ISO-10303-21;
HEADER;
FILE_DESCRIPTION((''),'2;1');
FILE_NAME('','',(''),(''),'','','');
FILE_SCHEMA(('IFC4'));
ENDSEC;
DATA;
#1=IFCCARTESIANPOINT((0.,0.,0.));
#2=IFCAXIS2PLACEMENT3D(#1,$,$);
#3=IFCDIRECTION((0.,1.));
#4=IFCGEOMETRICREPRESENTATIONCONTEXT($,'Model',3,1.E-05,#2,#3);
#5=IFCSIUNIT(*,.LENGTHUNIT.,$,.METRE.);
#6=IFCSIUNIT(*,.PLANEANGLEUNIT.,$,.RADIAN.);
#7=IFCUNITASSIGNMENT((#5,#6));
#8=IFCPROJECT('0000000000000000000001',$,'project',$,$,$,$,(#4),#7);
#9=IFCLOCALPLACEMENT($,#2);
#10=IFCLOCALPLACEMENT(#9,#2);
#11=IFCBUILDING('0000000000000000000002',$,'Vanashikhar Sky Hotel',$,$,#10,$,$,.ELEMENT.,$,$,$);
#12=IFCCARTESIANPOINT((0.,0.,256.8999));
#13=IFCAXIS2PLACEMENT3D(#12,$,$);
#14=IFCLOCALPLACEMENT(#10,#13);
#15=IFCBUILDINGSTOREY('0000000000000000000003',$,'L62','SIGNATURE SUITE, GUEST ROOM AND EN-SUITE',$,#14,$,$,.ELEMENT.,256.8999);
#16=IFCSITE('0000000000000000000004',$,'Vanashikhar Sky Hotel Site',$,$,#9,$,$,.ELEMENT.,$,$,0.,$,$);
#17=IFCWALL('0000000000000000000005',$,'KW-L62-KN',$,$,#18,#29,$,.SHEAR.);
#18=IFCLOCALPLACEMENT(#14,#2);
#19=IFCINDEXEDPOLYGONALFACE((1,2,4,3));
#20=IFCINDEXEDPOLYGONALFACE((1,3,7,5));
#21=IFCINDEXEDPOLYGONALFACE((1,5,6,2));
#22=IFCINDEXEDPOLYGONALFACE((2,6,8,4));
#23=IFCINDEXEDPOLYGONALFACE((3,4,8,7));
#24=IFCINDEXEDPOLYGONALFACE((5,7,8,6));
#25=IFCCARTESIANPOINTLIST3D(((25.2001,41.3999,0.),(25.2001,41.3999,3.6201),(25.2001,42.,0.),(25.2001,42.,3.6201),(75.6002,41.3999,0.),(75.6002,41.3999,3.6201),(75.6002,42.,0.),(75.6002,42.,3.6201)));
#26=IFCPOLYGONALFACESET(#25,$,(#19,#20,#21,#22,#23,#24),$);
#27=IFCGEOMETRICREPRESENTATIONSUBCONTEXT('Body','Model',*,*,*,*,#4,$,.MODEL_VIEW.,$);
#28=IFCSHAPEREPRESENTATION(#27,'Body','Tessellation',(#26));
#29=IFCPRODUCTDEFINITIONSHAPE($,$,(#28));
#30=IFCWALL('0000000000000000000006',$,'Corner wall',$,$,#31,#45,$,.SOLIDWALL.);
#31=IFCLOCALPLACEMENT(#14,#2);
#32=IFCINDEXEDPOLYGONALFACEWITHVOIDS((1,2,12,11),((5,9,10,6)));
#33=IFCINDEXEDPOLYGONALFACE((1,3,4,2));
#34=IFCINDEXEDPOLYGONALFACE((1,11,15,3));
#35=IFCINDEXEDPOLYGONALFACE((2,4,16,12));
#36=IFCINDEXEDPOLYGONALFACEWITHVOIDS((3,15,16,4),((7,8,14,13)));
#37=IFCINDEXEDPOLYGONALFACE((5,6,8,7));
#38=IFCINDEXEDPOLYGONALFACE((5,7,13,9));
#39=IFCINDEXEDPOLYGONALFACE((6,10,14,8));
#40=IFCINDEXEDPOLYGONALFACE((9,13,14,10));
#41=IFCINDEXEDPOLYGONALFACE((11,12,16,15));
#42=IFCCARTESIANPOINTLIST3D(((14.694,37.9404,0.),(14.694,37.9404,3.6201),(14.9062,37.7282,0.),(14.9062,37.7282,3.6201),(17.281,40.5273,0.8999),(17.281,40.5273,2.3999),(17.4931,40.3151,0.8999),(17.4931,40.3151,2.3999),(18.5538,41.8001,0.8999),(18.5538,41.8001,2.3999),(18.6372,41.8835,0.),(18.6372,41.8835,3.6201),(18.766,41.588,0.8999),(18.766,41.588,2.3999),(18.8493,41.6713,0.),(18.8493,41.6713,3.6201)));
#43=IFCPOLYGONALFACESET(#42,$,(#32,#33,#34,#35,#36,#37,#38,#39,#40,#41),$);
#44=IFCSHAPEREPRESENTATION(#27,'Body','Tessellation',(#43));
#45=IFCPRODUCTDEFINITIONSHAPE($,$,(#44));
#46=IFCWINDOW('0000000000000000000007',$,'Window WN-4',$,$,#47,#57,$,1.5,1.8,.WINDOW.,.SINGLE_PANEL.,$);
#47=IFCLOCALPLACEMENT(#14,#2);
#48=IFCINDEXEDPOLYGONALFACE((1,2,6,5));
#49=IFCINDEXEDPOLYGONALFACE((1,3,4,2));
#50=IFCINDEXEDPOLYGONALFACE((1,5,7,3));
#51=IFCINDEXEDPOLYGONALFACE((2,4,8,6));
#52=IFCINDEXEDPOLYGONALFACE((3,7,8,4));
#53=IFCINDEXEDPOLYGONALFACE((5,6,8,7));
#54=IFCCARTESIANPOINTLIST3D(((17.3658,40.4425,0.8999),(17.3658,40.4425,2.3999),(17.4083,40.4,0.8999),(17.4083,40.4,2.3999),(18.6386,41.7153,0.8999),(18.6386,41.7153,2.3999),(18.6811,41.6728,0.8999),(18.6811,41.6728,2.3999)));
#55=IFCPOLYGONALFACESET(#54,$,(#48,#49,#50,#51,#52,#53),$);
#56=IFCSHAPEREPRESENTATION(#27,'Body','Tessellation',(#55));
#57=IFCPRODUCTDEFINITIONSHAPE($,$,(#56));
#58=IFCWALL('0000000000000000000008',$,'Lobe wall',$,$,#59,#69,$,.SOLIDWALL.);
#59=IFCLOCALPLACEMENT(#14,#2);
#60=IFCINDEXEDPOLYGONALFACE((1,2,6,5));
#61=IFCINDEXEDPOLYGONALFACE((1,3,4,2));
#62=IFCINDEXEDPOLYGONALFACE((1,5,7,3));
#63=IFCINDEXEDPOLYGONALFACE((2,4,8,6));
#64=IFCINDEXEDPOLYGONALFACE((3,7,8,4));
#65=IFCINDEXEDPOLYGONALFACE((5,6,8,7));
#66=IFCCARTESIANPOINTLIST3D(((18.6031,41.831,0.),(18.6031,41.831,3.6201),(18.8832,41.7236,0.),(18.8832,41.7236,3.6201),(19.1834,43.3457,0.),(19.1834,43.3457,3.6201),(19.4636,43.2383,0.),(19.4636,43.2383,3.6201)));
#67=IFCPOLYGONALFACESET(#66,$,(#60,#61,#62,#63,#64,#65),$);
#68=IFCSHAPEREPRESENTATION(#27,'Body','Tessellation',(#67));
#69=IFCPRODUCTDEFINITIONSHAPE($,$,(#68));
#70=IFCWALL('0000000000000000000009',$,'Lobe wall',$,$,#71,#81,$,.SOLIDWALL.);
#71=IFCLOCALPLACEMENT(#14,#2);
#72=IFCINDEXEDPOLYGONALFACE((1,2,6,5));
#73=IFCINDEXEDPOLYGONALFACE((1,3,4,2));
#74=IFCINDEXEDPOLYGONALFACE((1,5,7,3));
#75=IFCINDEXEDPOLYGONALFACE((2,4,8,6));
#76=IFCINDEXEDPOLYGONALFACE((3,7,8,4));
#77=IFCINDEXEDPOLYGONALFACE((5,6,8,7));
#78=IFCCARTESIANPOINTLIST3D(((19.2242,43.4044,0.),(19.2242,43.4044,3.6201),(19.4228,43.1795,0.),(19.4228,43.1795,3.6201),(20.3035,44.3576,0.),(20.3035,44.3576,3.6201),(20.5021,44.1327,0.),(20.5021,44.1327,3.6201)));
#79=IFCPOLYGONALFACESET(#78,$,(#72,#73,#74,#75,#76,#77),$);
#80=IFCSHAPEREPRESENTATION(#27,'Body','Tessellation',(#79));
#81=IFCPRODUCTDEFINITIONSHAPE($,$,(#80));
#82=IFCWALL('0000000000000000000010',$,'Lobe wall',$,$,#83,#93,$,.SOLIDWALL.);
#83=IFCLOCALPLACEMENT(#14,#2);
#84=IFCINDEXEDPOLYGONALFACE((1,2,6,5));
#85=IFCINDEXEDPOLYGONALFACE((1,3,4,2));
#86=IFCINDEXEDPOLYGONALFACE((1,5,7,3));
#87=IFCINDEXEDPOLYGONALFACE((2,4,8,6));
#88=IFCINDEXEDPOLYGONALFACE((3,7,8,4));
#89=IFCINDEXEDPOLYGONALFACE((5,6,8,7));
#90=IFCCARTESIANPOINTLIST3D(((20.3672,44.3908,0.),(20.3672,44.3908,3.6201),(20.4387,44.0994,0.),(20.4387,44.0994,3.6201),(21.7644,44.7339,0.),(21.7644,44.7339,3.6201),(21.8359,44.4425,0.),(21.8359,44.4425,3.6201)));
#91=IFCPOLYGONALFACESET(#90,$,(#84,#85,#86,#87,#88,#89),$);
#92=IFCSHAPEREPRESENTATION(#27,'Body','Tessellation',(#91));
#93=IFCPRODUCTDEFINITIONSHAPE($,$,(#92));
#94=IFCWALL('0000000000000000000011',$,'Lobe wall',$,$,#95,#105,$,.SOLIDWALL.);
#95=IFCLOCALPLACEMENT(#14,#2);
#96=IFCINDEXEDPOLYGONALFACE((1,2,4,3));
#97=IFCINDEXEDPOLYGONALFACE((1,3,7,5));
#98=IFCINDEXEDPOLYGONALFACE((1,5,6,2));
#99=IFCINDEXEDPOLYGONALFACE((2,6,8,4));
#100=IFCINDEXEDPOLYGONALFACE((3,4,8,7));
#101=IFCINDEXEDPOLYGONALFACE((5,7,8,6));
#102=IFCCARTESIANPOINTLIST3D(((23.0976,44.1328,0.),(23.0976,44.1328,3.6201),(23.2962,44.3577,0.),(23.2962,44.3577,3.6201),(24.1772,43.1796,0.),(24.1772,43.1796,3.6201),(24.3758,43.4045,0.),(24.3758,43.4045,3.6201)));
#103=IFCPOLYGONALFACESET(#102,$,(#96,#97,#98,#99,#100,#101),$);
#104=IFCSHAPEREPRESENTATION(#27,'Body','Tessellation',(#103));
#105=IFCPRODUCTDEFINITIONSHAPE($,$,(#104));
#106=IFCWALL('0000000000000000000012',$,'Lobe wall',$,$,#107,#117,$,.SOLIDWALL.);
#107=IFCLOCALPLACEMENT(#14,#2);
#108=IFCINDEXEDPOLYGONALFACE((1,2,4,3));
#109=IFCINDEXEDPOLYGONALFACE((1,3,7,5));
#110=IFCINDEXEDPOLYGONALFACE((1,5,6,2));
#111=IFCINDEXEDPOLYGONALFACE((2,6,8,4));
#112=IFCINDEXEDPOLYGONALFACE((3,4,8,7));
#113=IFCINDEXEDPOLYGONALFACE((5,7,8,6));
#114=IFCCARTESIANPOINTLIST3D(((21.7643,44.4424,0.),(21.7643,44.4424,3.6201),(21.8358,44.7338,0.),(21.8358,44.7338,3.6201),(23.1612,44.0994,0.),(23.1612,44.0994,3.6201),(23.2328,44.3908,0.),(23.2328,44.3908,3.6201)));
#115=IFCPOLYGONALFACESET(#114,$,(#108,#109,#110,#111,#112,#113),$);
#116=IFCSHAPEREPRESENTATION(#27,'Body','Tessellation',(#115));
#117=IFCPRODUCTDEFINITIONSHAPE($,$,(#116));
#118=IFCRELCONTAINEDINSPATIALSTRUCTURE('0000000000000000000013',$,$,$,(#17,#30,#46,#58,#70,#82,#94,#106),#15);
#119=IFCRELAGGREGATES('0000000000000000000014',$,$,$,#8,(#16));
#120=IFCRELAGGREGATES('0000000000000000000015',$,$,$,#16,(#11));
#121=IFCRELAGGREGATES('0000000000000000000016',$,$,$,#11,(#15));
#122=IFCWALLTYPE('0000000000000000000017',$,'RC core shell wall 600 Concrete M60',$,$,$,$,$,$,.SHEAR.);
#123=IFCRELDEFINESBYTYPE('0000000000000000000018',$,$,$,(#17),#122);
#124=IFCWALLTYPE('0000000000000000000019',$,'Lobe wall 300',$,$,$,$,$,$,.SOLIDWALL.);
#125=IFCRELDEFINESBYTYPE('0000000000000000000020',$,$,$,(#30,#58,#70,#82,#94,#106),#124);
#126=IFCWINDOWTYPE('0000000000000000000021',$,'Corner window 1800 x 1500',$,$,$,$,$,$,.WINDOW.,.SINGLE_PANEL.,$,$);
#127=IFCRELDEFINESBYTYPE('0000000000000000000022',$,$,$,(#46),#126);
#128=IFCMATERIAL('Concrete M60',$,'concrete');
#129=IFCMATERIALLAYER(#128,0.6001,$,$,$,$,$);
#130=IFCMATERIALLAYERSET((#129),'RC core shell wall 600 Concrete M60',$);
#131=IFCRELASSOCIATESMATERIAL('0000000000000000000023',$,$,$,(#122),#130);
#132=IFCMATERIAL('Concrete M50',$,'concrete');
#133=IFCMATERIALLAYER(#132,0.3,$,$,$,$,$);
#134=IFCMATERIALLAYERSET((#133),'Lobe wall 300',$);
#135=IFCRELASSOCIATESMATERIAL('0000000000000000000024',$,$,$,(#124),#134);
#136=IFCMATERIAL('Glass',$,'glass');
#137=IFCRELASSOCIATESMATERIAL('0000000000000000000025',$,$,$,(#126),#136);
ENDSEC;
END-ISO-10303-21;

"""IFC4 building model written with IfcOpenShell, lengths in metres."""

from ifc_helpers import new_model, si_unit, direction, frame, frame_2d, origin, place, context, subcontext, project, spatial, rectangle, extrude, source, transform, mapped, material, layer, layer_set, type_object, element, fill, save


model = new_model("IFC4")

# Units and contexts
model_context = context("Model", 3, precision=1e-05, world=origin(), true_north=direction((0.0, 1.0)))
body_context = subcontext(model_context, "Body", "Model", "MODEL_VIEW")
ifc_project = project(units=[si_unit("LENGTHUNIT", "METRE"), si_unit("PLANEANGLEUNIT", "RADIAN")], contexts=[model_context])

# Site, building, storey
site_placement = place(None, origin())
site = spatial("IfcSite", under=ifc_project, at=site_placement, Name="Vanashikhar Sky Hotel Site", CompositionType="ELEMENT", RefElevation=0.0)
building_placement = place(site_placement, origin())
building = spatial("IfcBuilding", under=site, at=building_placement, Name="Vanashikhar Sky Hotel", CompositionType="ELEMENT")
storey_placement = place(building_placement, frame((0.0, 0.0, 256.8999)))
storey = spatial("IfcBuildingStorey", under=building, at=storey_placement, Name="L62", Description="SIGNATURE SUITE, GUEST ROOM AND EN-SUITE", CompositionType="ELEMENT", Elevation=256.8999)

# Wall
ifc_material_1 = material(Name="Concrete M60", Category="concrete")
ifc_layer_1 = layer(ifc_material_1, 0.6001)
ifc_layer_set_1 = layer_set([ifc_layer_1], Name="RC core shell wall 600 Concrete M60")
wall_type_1 = type_object("IfcWallType", Name="RC core shell wall 600 Concrete M60", PredefinedType="SHEAR", material=ifc_layer_set_1)
shared_shape_1 = source(origin(), body_context, "Body", "SweptSolid", [
    extrude(rectangle(XDim=50.4001, YDim=0.6001, at=frame_2d((25.2002, 0.0))), origin(), (0.0, 0.0, 1.0), 3.6201),
])
wall_1_placement = place(storey_placement, frame((25.2, 41.7, 0.0), z_axis=(0.0, 0.0, 1.0), x_axis=(1.0, 0.0, 0.0)))
element("IfcWall", 1, at=wall_1_placement, inside=storey, type_object=wall_type_1, Name="KW-L62-KN", PredefinedType="SHEAR", context=body_context, shape_type="MappedRepresentation", body=[
    mapped(shared_shape_1, transform((0.0, 0.0, 0.0), scale=1.0)),
])

# Wall, opening, window
ifc_material_2 = material(Name="Concrete M50", Category="concrete")
ifc_layer_2 = layer(ifc_material_2, 0.3)
ifc_layer_set_2 = layer_set([ifc_layer_2], Name="Lobe wall 300")
wall_type_2 = type_object("IfcWallType", Name="Lobe wall 300", PredefinedType="SOLIDWALL", material=ifc_layer_set_2)
shared_shape_2 = source(origin(), body_context, "Body", "SweptSolid", [
    extrude(rectangle(XDim=5.5764, YDim=0.3, at=frame_2d((2.7881, 0.0))), origin(), (0.0, 0.0, 1.0), 3.6201),
])
wall_2_placement = place(storey_placement, frame((18.7432, 41.7773, 0.0), z_axis=(0.0, 0.0, 1.0), x_axis=(-0.707107, -0.707107, 0.0)))
wall_2 = element("IfcWall", 2, at=wall_2_placement, inside=storey, type_object=wall_type_2, Name="Corner wall", PredefinedType="SOLIDWALL", context=body_context, shape_type="MappedRepresentation", body=[
    mapped(shared_shape_2, transform((0.0, 0.0, 0.0), scale=1.0)),
])
shared_shape_3 = source(origin(), body_context, "Body", "SweptSolid", [
    extrude(rectangle(XDim=1.8, YDim=1.5, at=frame_2d((0.8999, 0.75))), frame((0.0, 0.1602, 0.0), z_axis=(0.0, -1.0, 0.0), x_axis=(1.0, 0.0, 0.0)), (0.0, 0.0, 1.0), 0.3201),
])
opening_1_placement = place(wall_2_placement, frame((0.1179, 0.0, 0.8999)))
opening_1 = element("IfcOpeningElement", 3, at=opening_1_placement, cuts=wall_2, PredefinedType="OPENING", context=body_context, shape_type="MappedRepresentation", body=[
    mapped(shared_shape_3, transform((0.0, 0.0, 0.0), scale=1.0)),
])
ifc_material_3 = material(Name="Glass", Category="glass")
window_type_1 = type_object("IfcWindowType", Name="Corner window 1800 x 1500", PartitioningType="SINGLE_PANEL", PredefinedType="WINDOW", material=ifc_material_3)
shared_shape_4 = source(origin(), body_context, "Body", "SweptSolid", [
    extrude(rectangle(XDim=1.8, YDim=1.5, at=frame_2d((0.8999, 0.75))), frame((0.0, 0.03, 0.0), z_axis=(0.0, -1.0, 0.0), x_axis=(1.0, 0.0, 0.0)), (0.0, 0.0, 1.0), 0.0601),
])
window_1_placement = place(opening_1_placement, origin())
window_1 = element("IfcWindow", 4, at=window_1_placement, inside=storey, type_object=window_type_1, Name="Window WN-4", OverallHeight=1.5, OverallWidth=1.8, PartitioningType="SINGLE_PANEL", PredefinedType="WINDOW", context=body_context, shape_type="MappedRepresentation", body=[
    mapped(shared_shape_4, transform((0.0, 0.0, 0.0), scale=1.0)),
])
fill(opening_1, window_1)

# Walls
shared_shape_5 = source(origin(), body_context, "Body", "SweptSolid", [
    extrude(rectangle(XDim=1.6221, YDim=0.3, at=frame_2d((0.811, 0.0))), origin(), (0.0, 0.0, 1.0), 3.6201),
])
wall_3_placement = place(storey_placement, frame((19.3235, 43.292, 0.0), z_axis=(0.0, 0.0, 1.0), x_axis=(-0.357779, -0.933806, 0.0)))
element("IfcWall", 5, at=wall_3_placement, inside=storey, type_object=wall_type_2, Name="Lobe wall", PredefinedType="SOLIDWALL", context=body_context, shape_type="MappedRepresentation", body=[
    mapped(shared_shape_5, transform((0.0, 0.0, 0.0), scale=1.0)),
])
shared_shape_6 = source(origin(), body_context, "Body", "SweptSolid", [
    extrude(rectangle(XDim=1.4399, YDim=0.3, at=frame_2d((0.72, 0.0))), origin(), (0.0, 0.0, 1.0), 3.6201),
])
wall_4_placement = place(storey_placement, frame((20.4028, 44.2451, 0.0), z_axis=(0.0, 0.0, 1.0), x_axis=(-0.749576, -0.661919, 0.0)))
element("IfcWall", 6, at=wall_4_placement, inside=storey, type_object=wall_type_2, Name="Lobe wall", PredefinedType="SOLIDWALL", context=body_context, shape_type="MappedRepresentation", body=[
    mapped(shared_shape_6, transform((0.0, 0.0, 0.0), scale=1.0)),
])
shared_shape_7 = source(origin(), body_context, "Body", "SweptSolid", [
    extrude(rectangle(XDim=1.4387, YDim=0.3, at=frame_2d((0.7192, 0.0))), origin(), (0.0, 0.0, 1.0), 3.6201),
])
wall_5_placement = place(storey_placement, frame((21.8, 44.5881, 0.0), z_axis=(0.0, 0.0, 1.0), x_axis=(-0.971162, -0.238421, 0.0)))
element("IfcWall", 7, at=wall_5_placement, inside=storey, type_object=wall_type_2, Name="Lobe wall", PredefinedType="SOLIDWALL", context=body_context, shape_type="MappedRepresentation", body=[
    mapped(shared_shape_7, transform((0.0, 0.0, 0.0), scale=1.0)),
])
shared_shape_8 = source(origin(), body_context, "Body", "SweptSolid", [
    extrude(rectangle(XDim=1.4402, YDim=0.3, at=frame_2d((0.7202, 0.0))), origin(), (0.0, 0.0, 1.0), 3.6201),
])
wall_6_placement = place(storey_placement, frame((24.2766, 43.292, 0.0), z_axis=(0.0, 0.0, 1.0), x_axis=(-0.74965, 0.661835, 0.0)))
element("IfcWall", 8, at=wall_6_placement, inside=storey, type_object=wall_type_2, Name="Lobe wall", PredefinedType="SOLIDWALL", context=body_context, shape_type="MappedRepresentation", body=[
    mapped(shared_shape_8, transform((0.0, 0.0, 0.0), scale=1.0)),
])
shared_shape_9 = source(origin(), body_context, "Body", "SweptSolid", [
    extrude(rectangle(XDim=1.4385, YDim=0.3, at=frame_2d((0.7192, 0.0))), origin(), (0.0, 0.0, 1.0), 3.6201),
])
wall_7_placement = place(storey_placement, frame((23.197, 44.2451, 0.0), z_axis=(0.0, 0.0, 1.0), x_axis=(-0.971152, 0.23846, 0.0)))
element("IfcWall", 9, at=wall_7_placement, inside=storey, type_object=wall_type_2, Name="Lobe wall", PredefinedType="SOLIDWALL", context=body_context, shape_type="MappedRepresentation", body=[
    mapped(shared_shape_9, transform((0.0, 0.0, 0.0), scale=1.0)),
])

save(model, "model.ifc")
